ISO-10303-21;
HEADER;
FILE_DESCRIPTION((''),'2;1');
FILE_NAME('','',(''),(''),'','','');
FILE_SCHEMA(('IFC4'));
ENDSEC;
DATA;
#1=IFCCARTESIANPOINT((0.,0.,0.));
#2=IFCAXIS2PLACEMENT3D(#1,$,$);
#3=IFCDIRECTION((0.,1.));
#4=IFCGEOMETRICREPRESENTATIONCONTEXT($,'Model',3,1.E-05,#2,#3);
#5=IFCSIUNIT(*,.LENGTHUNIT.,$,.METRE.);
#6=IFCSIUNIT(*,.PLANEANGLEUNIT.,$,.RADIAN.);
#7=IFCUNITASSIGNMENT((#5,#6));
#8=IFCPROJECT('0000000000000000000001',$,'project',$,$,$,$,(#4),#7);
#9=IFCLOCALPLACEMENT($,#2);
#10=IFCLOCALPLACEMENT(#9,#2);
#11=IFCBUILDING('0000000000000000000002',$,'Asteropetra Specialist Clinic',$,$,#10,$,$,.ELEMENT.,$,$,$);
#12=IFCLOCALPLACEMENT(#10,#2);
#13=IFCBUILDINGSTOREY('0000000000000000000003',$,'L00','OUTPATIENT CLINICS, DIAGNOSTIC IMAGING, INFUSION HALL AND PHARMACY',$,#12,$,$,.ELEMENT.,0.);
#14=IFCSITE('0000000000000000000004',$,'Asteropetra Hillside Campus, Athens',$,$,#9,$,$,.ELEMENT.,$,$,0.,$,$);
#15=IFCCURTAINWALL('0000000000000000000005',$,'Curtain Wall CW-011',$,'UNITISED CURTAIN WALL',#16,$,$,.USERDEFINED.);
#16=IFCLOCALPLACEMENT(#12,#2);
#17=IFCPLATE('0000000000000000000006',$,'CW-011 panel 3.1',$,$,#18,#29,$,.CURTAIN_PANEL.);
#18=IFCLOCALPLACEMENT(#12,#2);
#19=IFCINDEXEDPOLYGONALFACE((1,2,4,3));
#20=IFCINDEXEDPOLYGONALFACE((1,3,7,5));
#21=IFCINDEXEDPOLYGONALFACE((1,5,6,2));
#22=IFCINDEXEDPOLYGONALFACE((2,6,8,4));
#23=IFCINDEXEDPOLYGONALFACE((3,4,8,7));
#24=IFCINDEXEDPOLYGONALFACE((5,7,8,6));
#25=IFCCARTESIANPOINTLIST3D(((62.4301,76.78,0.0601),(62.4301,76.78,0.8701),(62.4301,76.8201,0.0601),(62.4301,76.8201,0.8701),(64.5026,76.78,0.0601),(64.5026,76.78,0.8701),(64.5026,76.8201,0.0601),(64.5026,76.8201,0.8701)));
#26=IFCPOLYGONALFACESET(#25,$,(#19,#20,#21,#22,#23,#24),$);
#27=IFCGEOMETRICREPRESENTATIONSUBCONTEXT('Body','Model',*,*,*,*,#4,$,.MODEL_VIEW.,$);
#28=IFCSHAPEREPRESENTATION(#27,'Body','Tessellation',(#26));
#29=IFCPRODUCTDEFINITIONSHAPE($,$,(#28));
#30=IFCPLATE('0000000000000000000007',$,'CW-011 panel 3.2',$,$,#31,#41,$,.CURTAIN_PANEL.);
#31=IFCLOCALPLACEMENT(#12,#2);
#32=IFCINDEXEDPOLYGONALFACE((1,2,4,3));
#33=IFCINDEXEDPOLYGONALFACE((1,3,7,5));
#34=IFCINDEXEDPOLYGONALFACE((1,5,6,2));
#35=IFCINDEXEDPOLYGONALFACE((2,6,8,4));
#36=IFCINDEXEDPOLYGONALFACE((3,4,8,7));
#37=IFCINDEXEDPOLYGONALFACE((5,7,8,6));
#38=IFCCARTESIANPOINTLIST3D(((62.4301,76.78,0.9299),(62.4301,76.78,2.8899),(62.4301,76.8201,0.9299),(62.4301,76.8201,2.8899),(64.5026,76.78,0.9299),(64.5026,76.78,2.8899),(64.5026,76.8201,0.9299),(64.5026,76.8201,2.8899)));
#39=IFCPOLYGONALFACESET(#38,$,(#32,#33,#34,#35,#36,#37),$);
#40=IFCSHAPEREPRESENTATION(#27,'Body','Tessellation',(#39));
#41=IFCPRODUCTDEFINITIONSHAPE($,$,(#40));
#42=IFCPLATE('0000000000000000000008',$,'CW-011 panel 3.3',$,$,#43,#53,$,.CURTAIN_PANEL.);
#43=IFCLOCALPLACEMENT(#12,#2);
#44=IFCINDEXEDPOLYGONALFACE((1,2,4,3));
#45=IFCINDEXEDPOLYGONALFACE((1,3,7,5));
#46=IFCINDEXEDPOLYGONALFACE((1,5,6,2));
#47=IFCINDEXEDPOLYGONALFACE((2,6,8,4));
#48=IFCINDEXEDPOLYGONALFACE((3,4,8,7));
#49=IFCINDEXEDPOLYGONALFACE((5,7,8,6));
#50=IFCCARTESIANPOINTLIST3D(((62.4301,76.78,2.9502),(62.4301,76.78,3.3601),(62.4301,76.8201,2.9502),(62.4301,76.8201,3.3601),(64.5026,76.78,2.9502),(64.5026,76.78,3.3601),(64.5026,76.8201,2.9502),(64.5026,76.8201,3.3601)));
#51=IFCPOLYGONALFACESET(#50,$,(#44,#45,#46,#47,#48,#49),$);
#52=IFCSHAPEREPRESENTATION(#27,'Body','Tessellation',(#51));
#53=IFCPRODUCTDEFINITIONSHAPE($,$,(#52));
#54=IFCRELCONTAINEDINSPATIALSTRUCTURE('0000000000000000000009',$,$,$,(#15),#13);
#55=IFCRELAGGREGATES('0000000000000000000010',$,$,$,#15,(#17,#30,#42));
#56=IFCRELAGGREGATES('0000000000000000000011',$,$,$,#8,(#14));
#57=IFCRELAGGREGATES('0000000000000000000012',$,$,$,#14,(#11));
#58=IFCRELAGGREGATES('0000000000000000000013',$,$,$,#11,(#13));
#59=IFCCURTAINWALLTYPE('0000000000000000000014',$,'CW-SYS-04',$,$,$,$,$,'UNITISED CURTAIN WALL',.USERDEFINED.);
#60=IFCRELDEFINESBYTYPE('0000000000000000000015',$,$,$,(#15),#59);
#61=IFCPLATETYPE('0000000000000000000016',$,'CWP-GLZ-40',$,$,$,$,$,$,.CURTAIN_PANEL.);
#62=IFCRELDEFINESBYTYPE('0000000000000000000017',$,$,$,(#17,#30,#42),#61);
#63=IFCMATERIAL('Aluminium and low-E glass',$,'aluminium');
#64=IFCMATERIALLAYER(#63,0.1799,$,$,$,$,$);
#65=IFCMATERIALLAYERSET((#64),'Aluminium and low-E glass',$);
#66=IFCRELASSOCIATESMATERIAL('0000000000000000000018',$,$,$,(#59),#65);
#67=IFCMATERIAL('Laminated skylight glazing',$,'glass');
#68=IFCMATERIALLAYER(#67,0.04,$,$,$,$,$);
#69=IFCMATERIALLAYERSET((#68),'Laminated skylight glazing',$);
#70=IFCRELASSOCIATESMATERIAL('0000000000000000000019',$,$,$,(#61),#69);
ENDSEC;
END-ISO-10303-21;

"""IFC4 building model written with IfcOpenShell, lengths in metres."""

from ifc_helpers import new_model, si_unit, direction, frame, origin, origin_2d, place, context, subcontext, project, spatial, rectangle, extrude, material, layer, layer_set, type_object, element, aggregate, save


model = new_model("IFC4")

# Units and contexts
model_context = context("Model", 3, precision=1e-05, world=origin(), true_north=direction((0.0, 1.0)))
body_context = subcontext(model_context, "Body", "Model", "MODEL_VIEW")
ifc_project = project(units=[si_unit("LENGTHUNIT", "METRE"), si_unit("PLANEANGLEUNIT", "RADIAN")], contexts=[model_context])

# Site, building, storey
site_placement = place(None, origin())
site = spatial("IfcSite", under=ifc_project, at=site_placement, Name="Asteropetra Hillside Campus, Athens", CompositionType="ELEMENT", RefElevation=0.0)
building_placement = place(site_placement, origin())
building = spatial("IfcBuilding", under=site, at=building_placement, Name="Asteropetra Specialist Clinic", CompositionType="ELEMENT")
storey_placement = place(building_placement, origin())
storey = spatial("IfcBuildingStorey", under=building, at=storey_placement, Name="L00", Description="OUTPATIENT CLINICS, DIAGNOSTIC IMAGING, INFUSION HALL AND PHARMACY", CompositionType="ELEMENT", Elevation=0.0)

# Curtain wall
ifc_material_1 = material(Name="Aluminium and low-E glass", Category="aluminium")
ifc_layer_1 = layer(ifc_material_1, 0.1799)
ifc_layer_set_1 = layer_set([ifc_layer_1], Name="Aluminium and low-E glass")
curtain_wall_type_1 = type_object("IfcCurtainWallType", Name="CW-SYS-04", ElementType="UNITISED CURTAIN WALL", PredefinedType="USERDEFINED", material=ifc_layer_set_1)
curtain_wall_1_placement = place(storey_placement, origin())
curtain_wall_1 = element("IfcCurtainWall", 1, at=curtain_wall_1_placement, inside=storey, type_object=curtain_wall_type_1, Name="Curtain Wall CW-011", ObjectType="UNITISED CURTAIN WALL", PredefinedType="USERDEFINED")

# Plates
ifc_material_2 = material(Name="Laminated skylight glazing", Category="glass")
ifc_layer_2 = layer(ifc_material_2, 0.04)
ifc_layer_set_2 = layer_set([ifc_layer_2], Name="Laminated skylight glazing")
plate_type_1 = type_object("IfcPlateType", Name="CWP-GLZ-40", PredefinedType="CURTAIN_PANEL", material=ifc_layer_set_2)
plate_1_placement = place(storey_placement, frame((63.4663, 76.8, 0.0601), z_axis=(0.0, 0.0, 1.0), x_axis=(1.0, 0.0, 0.0)))
plate_1 = element("IfcPlate", 2, at=plate_1_placement, type_object=plate_type_1, Name="CW-011 panel 3.1", PredefinedType="CURTAIN_PANEL", context=body_context, shape_type="SweptSolid", body=[
    extrude(rectangle(XDim=2.0725, YDim=0.04, at=origin_2d()), origin(), (0.0, 0.0, 1.0), 0.8101),
])
plate_2_placement = place(storey_placement, frame((63.4663, 76.8, 0.9299), z_axis=(0.0, 0.0, 1.0), x_axis=(1.0, 0.0, 0.0)))
plate_2 = element("IfcPlate", 3, at=plate_2_placement, type_object=plate_type_1, Name="CW-011 panel 3.2", PredefinedType="CURTAIN_PANEL", context=body_context, shape_type="SweptSolid", body=[
    extrude(rectangle(XDim=2.0725, YDim=0.04, at=origin_2d()), origin(), (0.0, 0.0, 1.0), 1.96),
])
plate_3_placement = place(storey_placement, frame((63.4663, 76.8, 2.9502), z_axis=(0.0, 0.0, 1.0), x_axis=(1.0, 0.0, 0.0)))
plate_3 = element("IfcPlate", 4, at=plate_3_placement, type_object=plate_type_1, Name="CW-011 panel 3.3", PredefinedType="CURTAIN_PANEL", context=body_context, shape_type="SweptSolid", body=[
    extrude(rectangle(XDim=2.0725, YDim=0.04, at=origin_2d()), origin(), (0.0, 0.0, 1.0), 0.4099),
])
aggregate(curtain_wall_1, [plate_1, plate_2, plate_3])

save(model, "model.ifc")
